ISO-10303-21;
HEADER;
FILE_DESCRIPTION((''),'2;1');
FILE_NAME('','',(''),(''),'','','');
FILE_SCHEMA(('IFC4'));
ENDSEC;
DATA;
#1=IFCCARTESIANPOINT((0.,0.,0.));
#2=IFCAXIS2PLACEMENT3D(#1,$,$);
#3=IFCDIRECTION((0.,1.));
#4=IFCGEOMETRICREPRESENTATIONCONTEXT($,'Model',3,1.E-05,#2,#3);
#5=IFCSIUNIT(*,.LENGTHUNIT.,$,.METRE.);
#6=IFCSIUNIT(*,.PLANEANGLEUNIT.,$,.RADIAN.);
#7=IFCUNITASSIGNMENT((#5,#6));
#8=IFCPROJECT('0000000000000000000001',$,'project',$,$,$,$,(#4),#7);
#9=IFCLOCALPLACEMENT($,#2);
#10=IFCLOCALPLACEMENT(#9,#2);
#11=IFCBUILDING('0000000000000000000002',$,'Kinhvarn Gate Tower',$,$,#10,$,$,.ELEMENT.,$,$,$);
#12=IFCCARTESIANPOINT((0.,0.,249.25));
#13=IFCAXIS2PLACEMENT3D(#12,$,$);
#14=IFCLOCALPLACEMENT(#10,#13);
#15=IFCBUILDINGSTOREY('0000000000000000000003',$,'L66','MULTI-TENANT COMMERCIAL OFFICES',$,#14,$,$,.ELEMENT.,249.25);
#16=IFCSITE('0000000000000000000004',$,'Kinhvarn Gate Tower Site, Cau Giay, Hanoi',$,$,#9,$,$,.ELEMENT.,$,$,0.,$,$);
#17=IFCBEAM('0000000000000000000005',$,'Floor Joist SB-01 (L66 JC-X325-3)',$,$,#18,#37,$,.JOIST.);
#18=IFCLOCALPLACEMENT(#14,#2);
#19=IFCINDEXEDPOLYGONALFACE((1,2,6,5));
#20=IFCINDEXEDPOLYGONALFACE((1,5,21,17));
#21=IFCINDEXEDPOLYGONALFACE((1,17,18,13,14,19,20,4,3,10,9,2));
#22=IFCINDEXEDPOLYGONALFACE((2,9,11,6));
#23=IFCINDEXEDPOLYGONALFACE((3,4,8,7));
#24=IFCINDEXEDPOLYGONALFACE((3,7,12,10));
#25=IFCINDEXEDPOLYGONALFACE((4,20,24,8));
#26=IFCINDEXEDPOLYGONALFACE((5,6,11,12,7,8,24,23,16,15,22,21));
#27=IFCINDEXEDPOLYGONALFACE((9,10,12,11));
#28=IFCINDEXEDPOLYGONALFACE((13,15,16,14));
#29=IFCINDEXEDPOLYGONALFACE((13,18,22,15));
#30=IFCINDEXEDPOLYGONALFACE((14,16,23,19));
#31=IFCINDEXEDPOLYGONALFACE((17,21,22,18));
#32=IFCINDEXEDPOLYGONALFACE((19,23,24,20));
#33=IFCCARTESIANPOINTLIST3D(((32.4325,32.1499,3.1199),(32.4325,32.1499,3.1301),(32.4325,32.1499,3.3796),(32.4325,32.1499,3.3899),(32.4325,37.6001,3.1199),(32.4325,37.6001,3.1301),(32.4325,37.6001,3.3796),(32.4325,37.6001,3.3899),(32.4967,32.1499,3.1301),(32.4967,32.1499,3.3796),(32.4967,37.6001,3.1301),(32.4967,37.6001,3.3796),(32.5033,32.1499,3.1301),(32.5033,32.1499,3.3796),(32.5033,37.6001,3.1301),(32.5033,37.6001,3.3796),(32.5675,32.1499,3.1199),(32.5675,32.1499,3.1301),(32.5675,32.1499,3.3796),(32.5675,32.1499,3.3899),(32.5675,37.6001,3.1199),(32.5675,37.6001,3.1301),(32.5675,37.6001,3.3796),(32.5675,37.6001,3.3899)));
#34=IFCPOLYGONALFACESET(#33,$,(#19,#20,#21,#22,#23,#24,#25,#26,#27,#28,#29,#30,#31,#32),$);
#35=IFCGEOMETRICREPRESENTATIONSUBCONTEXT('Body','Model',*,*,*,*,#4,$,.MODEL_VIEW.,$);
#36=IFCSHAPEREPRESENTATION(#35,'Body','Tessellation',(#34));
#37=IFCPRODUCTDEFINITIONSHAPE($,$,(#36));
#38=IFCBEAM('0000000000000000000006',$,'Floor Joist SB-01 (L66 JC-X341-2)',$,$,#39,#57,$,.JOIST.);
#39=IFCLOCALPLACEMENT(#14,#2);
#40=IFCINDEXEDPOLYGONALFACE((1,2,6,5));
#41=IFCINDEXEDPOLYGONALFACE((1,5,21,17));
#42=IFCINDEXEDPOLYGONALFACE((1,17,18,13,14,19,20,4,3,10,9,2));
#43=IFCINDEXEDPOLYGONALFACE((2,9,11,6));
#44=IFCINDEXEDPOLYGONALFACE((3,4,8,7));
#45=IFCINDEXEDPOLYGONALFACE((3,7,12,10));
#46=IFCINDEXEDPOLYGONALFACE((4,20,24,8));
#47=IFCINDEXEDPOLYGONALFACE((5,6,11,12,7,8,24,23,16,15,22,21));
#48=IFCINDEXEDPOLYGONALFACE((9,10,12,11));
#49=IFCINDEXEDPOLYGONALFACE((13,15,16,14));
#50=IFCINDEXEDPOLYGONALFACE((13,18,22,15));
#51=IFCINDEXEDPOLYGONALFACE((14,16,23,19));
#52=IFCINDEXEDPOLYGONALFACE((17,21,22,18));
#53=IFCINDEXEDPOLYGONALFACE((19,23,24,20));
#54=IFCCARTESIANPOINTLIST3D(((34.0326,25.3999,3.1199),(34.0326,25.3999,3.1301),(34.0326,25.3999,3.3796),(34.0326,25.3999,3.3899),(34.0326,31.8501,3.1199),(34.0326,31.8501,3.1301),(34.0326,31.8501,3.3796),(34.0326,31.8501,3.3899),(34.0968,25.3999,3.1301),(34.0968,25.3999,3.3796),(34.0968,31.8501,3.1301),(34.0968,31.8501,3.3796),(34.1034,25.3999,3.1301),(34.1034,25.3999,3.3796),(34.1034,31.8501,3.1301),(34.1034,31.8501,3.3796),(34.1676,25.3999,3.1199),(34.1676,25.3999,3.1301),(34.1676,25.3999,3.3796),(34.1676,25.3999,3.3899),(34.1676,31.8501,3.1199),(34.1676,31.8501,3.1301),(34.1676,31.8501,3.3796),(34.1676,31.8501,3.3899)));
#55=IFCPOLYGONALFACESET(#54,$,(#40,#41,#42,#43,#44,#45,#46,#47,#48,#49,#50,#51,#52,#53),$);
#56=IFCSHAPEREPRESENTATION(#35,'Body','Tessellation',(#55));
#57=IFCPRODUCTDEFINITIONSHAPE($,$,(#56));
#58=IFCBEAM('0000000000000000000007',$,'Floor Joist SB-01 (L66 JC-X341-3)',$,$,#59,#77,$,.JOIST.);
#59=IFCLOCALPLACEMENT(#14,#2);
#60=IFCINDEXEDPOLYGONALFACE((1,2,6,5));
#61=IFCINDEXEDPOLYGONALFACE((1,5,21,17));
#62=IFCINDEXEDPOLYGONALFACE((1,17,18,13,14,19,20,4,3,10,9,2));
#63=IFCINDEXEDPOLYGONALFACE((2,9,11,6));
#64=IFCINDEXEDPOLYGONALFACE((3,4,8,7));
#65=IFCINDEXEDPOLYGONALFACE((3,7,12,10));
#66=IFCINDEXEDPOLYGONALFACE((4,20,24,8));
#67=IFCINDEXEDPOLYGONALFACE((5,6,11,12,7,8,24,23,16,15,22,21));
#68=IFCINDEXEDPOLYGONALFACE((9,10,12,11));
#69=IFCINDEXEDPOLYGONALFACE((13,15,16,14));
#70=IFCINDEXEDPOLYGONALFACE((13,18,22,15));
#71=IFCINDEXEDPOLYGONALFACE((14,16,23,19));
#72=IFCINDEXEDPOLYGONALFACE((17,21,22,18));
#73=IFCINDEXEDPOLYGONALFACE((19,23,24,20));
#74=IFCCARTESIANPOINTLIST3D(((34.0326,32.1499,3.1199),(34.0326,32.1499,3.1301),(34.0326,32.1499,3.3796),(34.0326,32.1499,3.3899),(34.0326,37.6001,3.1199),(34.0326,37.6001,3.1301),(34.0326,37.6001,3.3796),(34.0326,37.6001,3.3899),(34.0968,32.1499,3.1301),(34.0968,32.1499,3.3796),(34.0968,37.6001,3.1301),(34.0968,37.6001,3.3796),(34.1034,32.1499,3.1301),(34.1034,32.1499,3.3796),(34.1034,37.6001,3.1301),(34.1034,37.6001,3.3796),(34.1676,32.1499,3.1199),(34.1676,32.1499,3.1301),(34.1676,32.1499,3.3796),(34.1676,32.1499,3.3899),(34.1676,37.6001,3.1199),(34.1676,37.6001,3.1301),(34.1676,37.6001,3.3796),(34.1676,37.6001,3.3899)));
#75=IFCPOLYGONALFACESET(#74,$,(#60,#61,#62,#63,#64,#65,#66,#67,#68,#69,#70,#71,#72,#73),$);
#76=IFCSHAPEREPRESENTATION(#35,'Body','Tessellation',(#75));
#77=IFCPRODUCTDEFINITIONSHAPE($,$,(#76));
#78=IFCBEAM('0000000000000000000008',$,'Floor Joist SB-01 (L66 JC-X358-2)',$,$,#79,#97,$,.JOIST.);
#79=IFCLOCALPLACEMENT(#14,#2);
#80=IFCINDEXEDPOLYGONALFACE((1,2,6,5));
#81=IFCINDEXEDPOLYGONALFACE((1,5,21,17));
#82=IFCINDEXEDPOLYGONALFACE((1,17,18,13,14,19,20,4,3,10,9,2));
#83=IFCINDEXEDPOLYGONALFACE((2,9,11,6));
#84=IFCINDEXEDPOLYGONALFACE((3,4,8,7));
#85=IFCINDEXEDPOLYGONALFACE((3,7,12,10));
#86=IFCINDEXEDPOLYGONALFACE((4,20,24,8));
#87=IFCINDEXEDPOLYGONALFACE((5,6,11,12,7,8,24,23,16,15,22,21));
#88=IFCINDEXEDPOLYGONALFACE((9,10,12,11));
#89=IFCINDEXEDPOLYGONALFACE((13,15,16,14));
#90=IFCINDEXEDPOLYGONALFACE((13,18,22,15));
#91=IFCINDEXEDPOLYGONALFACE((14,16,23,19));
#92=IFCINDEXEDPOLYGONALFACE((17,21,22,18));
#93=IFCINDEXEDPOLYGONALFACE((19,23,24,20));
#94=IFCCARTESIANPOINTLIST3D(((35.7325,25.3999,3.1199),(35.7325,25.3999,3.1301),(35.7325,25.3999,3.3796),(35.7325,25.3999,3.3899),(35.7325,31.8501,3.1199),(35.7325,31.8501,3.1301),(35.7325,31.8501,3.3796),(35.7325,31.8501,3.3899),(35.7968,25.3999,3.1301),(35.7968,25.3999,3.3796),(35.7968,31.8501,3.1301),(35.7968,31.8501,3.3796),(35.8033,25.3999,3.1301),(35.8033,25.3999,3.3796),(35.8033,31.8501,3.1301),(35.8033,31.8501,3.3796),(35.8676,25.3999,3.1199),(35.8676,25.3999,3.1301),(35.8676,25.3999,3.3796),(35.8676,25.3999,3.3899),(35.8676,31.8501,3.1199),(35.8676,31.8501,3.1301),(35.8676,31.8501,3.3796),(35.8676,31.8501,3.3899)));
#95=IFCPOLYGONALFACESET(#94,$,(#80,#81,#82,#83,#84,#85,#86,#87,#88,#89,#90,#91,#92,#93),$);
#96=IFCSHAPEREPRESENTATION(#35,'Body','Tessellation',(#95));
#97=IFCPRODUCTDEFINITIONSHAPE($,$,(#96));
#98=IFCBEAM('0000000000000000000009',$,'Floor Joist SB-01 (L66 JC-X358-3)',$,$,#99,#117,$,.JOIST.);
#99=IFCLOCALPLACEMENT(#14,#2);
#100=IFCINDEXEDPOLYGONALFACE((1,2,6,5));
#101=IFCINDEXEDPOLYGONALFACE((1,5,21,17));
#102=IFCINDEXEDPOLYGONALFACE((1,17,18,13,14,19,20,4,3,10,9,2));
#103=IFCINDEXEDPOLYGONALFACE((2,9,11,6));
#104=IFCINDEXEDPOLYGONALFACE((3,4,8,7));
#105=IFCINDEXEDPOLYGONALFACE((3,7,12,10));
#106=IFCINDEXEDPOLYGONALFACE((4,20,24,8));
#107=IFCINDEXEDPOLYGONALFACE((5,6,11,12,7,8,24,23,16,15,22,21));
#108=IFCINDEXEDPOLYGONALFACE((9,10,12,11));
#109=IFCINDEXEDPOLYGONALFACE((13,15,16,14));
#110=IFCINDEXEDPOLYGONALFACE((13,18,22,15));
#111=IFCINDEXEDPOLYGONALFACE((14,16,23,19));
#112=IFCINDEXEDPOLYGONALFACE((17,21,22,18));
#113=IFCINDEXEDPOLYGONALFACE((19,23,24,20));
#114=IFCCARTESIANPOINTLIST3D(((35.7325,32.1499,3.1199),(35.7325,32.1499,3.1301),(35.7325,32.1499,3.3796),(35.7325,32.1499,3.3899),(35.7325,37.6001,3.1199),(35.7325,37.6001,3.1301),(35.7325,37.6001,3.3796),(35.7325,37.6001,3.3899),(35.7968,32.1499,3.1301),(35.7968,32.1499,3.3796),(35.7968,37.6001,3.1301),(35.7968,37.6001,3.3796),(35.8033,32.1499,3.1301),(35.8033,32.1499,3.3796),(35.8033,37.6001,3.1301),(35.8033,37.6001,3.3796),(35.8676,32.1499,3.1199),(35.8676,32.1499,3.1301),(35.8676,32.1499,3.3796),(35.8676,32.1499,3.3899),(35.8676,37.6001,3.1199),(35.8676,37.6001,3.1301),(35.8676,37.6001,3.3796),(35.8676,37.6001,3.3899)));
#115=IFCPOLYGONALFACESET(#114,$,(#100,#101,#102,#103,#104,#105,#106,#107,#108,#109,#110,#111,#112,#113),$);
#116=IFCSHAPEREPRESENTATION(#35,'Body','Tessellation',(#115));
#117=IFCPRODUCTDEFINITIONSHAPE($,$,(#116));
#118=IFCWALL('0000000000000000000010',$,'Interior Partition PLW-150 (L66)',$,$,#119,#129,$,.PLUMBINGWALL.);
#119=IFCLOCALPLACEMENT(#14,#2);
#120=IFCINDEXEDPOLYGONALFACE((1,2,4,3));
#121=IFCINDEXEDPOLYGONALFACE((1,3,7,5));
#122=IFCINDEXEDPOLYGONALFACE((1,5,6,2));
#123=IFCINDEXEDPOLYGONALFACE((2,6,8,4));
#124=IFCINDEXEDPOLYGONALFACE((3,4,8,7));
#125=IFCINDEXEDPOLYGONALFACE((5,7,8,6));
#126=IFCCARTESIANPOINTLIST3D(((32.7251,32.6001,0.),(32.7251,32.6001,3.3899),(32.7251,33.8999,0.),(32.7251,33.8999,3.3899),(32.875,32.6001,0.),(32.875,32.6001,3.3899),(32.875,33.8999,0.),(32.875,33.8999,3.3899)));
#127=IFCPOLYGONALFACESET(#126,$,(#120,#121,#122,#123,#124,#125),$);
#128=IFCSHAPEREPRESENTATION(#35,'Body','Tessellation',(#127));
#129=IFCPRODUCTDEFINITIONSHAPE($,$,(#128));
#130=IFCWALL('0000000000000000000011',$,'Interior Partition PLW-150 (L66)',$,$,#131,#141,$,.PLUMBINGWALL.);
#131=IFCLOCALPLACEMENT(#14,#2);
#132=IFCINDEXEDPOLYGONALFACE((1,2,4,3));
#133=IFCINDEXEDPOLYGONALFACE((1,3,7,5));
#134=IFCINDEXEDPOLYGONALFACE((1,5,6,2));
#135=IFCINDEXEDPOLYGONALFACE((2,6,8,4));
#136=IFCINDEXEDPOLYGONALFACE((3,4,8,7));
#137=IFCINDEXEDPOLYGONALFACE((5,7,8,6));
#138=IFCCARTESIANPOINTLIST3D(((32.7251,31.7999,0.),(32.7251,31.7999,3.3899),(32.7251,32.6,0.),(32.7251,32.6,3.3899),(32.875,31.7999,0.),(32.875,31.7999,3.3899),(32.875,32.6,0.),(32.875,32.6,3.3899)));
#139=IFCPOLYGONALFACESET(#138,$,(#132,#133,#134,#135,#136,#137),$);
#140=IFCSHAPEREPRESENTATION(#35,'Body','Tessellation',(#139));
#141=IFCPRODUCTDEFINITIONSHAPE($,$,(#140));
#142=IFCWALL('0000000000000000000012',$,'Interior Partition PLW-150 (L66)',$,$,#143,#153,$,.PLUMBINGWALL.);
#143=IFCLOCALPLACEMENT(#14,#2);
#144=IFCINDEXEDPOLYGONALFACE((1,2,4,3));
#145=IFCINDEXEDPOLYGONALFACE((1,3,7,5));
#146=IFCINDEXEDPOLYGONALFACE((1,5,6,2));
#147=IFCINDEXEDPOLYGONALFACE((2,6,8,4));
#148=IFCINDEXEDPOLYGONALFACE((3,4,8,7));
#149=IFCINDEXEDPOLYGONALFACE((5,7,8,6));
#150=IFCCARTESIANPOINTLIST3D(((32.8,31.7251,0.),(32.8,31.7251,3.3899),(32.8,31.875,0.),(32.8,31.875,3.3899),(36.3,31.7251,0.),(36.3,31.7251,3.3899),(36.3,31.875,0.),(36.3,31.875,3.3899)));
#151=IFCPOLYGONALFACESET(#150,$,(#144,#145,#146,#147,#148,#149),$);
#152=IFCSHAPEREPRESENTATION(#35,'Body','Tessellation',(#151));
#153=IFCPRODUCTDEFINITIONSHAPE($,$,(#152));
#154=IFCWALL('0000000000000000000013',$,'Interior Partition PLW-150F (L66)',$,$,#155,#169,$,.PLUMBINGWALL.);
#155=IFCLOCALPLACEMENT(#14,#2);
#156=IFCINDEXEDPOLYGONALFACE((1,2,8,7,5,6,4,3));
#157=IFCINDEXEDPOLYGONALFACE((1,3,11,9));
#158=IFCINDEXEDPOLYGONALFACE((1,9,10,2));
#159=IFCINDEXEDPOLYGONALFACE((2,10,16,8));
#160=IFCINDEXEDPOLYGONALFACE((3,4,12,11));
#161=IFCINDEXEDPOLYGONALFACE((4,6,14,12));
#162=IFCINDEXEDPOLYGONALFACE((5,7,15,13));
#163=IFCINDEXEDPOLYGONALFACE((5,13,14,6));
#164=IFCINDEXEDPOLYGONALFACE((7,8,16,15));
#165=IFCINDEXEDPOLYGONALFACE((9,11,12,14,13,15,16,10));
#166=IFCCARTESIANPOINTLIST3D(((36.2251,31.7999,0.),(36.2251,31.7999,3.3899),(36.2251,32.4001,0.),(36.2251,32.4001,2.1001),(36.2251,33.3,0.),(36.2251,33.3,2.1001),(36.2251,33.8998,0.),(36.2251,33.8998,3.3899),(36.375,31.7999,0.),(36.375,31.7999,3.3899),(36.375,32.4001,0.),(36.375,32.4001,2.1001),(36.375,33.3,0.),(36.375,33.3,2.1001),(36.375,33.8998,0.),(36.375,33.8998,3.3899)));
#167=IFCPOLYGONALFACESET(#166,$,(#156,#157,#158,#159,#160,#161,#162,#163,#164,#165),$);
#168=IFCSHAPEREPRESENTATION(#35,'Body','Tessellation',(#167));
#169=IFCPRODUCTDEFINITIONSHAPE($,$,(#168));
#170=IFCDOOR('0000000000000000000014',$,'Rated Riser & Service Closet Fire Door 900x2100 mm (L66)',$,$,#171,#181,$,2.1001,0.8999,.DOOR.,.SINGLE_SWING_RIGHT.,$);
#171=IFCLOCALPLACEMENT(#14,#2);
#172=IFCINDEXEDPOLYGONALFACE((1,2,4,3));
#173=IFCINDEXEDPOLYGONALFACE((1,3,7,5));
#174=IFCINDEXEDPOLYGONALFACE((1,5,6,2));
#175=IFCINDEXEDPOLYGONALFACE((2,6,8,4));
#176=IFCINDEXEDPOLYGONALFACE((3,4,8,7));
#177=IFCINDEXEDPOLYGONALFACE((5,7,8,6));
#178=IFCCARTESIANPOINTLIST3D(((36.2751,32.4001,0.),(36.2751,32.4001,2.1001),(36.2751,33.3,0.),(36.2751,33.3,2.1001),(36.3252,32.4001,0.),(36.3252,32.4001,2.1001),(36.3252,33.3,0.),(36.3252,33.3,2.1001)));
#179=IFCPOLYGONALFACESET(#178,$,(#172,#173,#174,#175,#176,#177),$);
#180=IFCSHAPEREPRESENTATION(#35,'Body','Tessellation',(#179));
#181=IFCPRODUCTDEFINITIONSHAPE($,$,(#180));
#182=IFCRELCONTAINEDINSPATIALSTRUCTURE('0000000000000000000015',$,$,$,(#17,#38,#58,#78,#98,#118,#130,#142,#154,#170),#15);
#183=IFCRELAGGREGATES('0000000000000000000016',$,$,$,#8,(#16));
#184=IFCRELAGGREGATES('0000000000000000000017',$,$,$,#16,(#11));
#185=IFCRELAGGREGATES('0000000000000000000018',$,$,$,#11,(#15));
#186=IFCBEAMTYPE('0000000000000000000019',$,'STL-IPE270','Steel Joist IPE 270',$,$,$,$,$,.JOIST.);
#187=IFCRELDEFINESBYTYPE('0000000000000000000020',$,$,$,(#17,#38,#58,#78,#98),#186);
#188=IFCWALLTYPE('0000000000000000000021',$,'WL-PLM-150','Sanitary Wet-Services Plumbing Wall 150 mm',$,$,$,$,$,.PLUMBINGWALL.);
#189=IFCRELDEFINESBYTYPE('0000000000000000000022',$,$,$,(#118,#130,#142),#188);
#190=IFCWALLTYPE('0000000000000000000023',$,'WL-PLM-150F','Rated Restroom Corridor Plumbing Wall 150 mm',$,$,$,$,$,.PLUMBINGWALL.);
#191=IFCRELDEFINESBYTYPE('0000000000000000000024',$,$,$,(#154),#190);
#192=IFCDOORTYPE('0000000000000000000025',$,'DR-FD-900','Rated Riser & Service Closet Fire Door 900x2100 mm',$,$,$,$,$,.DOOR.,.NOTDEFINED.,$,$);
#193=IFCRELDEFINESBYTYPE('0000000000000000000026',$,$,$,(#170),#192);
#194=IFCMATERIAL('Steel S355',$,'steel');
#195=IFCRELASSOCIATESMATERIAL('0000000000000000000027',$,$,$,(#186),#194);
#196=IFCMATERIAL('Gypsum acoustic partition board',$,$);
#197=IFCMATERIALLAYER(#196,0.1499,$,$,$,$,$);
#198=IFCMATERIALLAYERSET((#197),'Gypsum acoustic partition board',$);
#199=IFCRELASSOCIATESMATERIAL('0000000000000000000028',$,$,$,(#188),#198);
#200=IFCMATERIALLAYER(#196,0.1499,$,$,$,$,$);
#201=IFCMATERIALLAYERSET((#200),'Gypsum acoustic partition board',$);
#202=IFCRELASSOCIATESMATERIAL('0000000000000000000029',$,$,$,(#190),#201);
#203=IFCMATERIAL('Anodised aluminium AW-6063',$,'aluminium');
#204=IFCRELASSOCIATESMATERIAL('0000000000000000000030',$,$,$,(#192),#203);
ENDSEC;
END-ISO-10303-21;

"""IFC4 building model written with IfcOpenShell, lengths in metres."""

from ifc_helpers import new_model, si_unit, direction, frame, frame_2d, origin, origin_2d, place, context, subcontext, project, spatial, rectangle, i_section, extrude, material, layer, layer_set, material_profile, profile_set, type_object, element, fill, save


model = new_model("IFC4")

# Units and contexts
model_context = context("Model", 3, precision=1e-05, world=origin(), true_north=direction((0.0, 1.0)))
body_context = subcontext(model_context, "Body", "Model", "MODEL_VIEW")
ifc_project = project(units=[si_unit("LENGTHUNIT", "METRE"), si_unit("PLANEANGLEUNIT", "RADIAN")], contexts=[model_context])

# Site, building, storey
site_placement = place(None, origin())
site = spatial("IfcSite", under=ifc_project, at=site_placement, Name="Kinhvarn Gate Tower Site, Cau Giay, Hanoi", CompositionType="ELEMENT", RefElevation=0.0)
building_placement = place(site_placement, origin())
building = spatial("IfcBuilding", under=site, at=building_placement, Name="Kinhvarn Gate Tower", CompositionType="ELEMENT")
storey_placement = place(building_placement, frame((0.0, 0.0, 249.25)))
storey = spatial("IfcBuildingStorey", under=building, at=storey_placement, Name="L66", Description="MULTI-TENANT COMMERCIAL OFFICES", CompositionType="ELEMENT", Elevation=249.25)

# Beams
ifc_material_1 = material(Name="Steel S355", Category="steel")
ifc_material_profile = material_profile(ifc_material_1, i_section(OverallWidth=0.135, OverallDepth=0.27, WebThickness=0.0066, FlangeThickness=0.0103, at=origin_2d()), Name="IPE 270")
ifc_profile_set = profile_set([ifc_material_profile], Name="Steel S355")
beam_type = type_object("IfcBeamType", Name="STL-IPE270", Description="Steel Joist IPE 270", PredefinedType="JOIST", material=ifc_profile_set)
beam_1_placement = place(storey_placement, frame((32.5, 32.1499, 3.2549), z_axis=(0.0, 1.0, 0.0), x_axis=(-1.0, 0.0, 0.0)))
element("IfcBeam", 1, at=beam_1_placement, inside=storey, type_object=beam_type, Name="Floor Joist SB-01 (L66 JC-X325-3)", PredefinedType="JOIST", context=body_context, shape_type="SweptSolid", body=[
    extrude(i_section(OverallWidth=0.135, OverallDepth=0.27, WebThickness=0.0066, FlangeThickness=0.0103, at=origin_2d()), origin(), (0.0, 0.0, 1.0), 5.4502),
])
beam_2_placement = place(storey_placement, frame((34.1001, 25.3999, 3.2549), z_axis=(0.0, 1.0, 0.0), x_axis=(-1.0, 0.0, 0.0)))
element("IfcBeam", 2, at=beam_2_placement, inside=storey, type_object=beam_type, Name="Floor Joist SB-01 (L66 JC-X341-2)", PredefinedType="JOIST", context=body_context, shape_type="SweptSolid", body=[
    extrude(i_section(OverallWidth=0.135, OverallDepth=0.27, WebThickness=0.0066, FlangeThickness=0.0103, at=origin_2d()), origin(), (0.0, 0.0, 1.0), 6.4502),
])
beam_3_placement = place(storey_placement, frame((34.1001, 32.1499, 3.2549), z_axis=(0.0, 1.0, 0.0), x_axis=(-1.0, 0.0, 0.0)))
element("IfcBeam", 3, at=beam_3_placement, inside=storey, type_object=beam_type, Name="Floor Joist SB-01 (L66 JC-X341-3)", PredefinedType="JOIST", context=body_context, shape_type="SweptSolid", body=[
    extrude(i_section(OverallWidth=0.135, OverallDepth=0.27, WebThickness=0.0066, FlangeThickness=0.0103, at=origin_2d()), origin(), (0.0, 0.0, 1.0), 5.4502),
])
beam_4_placement = place(storey_placement, frame((35.8, 25.3999, 3.2549), z_axis=(0.0, 1.0, 0.0), x_axis=(-1.0, 0.0, 0.0)))
element("IfcBeam", 4, at=beam_4_placement, inside=storey, type_object=beam_type, Name="Floor Joist SB-01 (L66 JC-X358-2)", PredefinedType="JOIST", context=body_context, shape_type="SweptSolid", body=[
    extrude(i_section(OverallWidth=0.135, OverallDepth=0.27, WebThickness=0.0066, FlangeThickness=0.0103, at=origin_2d()), origin(), (0.0, 0.0, 1.0), 6.4502),
])
beam_5_placement = place(storey_placement, frame((35.8, 32.1499, 3.2549), z_axis=(0.0, 1.0, 0.0), x_axis=(-1.0, 0.0, 0.0)))
element("IfcBeam", 5, at=beam_5_placement, inside=storey, type_object=beam_type, Name="Floor Joist SB-01 (L66 JC-X358-3)", PredefinedType="JOIST", context=body_context, shape_type="SweptSolid", body=[
    extrude(i_section(OverallWidth=0.135, OverallDepth=0.27, WebThickness=0.0066, FlangeThickness=0.0103, at=origin_2d()), origin(), (0.0, 0.0, 1.0), 5.4502),
])

# Walls
ifc_material_2 = material(Name="Gypsum acoustic partition board")
ifc_layer_1 = layer(ifc_material_2, 0.1499)
ifc_layer_set_1 = layer_set([ifc_layer_1], Name="Gypsum acoustic partition board")
wall_type_1 = type_object("IfcWallType", Name="WL-PLM-150", Description="Sanitary Wet-Services Plumbing Wall 150 mm", PredefinedType="PLUMBINGWALL", material=ifc_layer_set_1)
wall_1_placement = place(storey_placement, frame((32.8, 32.6001, 0.0), z_axis=(0.0, 0.0, 1.0), x_axis=(0.0, 1.0, 0.0)))
element("IfcWall", 6, at=wall_1_placement, inside=storey, type_object=wall_type_1, Name="Interior Partition PLW-150 (L66)", PredefinedType="PLUMBINGWALL", context=body_context, shape_type="SweptSolid", body=[
    extrude(rectangle(XDim=1.2998, YDim=0.1499, at=frame_2d((0.6499, 0.0))), origin(), (0.0, 0.0, 1.0), 3.3899),
])
wall_2_placement = place(storey_placement, frame((32.8, 31.8, 0.0), z_axis=(0.0, 0.0, 1.0), x_axis=(0.0, 1.0, 0.0)))
element("IfcWall", 7, at=wall_2_placement, inside=storey, type_object=wall_type_1, Name="Interior Partition PLW-150 (L66)", PredefinedType="PLUMBINGWALL", context=body_context, shape_type="SweptSolid", body=[
    extrude(rectangle(XDim=0.8, YDim=0.1499, at=frame_2d((0.3999, 0.0))), origin(), (0.0, 0.0, 1.0), 3.3899),
])
wall_3_placement = place(storey_placement, frame((32.8, 31.8, 0.0), z_axis=(0.0, 0.0, 1.0), x_axis=(1.0, 0.0, 0.0)))
element("IfcWall", 8, at=wall_3_placement, inside=storey, type_object=wall_type_1, Name="Interior Partition PLW-150 (L66)", PredefinedType="PLUMBINGWALL", context=body_context, shape_type="SweptSolid", body=[
    extrude(rectangle(XDim=3.5, YDim=0.1499, at=frame_2d((1.75, 0.0))), origin(), (0.0, 0.0, 1.0), 3.3899),
])

# Wall, opening, door
ifc_layer_2 = layer(ifc_material_2, 0.1499)
ifc_layer_set_2 = layer_set([ifc_layer_2], Name="Gypsum acoustic partition board")
wall_type_2 = type_object("IfcWallType", Name="WL-PLM-150F", Description="Rated Restroom Corridor Plumbing Wall 150 mm", PredefinedType="PLUMBINGWALL", material=ifc_layer_set_2)
wall_4_placement = place(storey_placement, frame((36.3, 31.8, 0.0), z_axis=(0.0, 0.0, 1.0), x_axis=(0.0, 1.0, 0.0)))
wall_4 = element("IfcWall", 9, at=wall_4_placement, inside=storey, type_object=wall_type_2, Name="Interior Partition PLW-150F (L66)", PredefinedType="PLUMBINGWALL", context=body_context, shape_type="SweptSolid", body=[
    extrude(rectangle(XDim=2.0999, YDim=0.1499, at=frame_2d((1.0498, 0.0))), origin(), (0.0, 0.0, 1.0), 3.3899),
])
opening_1_placement = place(wall_4_placement, frame((0.6001, 0.0, 0.0)))
opening_1 = element("IfcOpeningElement", 10, at=opening_1_placement, cuts=wall_4, PredefinedType="OPENING", context=body_context, shape_type="SweptSolid", body=[
    extrude(rectangle(XDim=0.8999, YDim=2.1001, at=frame_2d((0.45, 1.05))), frame((0.0, 0.085, 0.0), z_axis=(0.0, -1.0, 0.0), x_axis=(1.0, 0.0, 0.0)), (0.0, 0.0, 1.0), 0.1699),
])
ifc_material_3 = material(Name="Anodised aluminium AW-6063", Category="aluminium")
door_type_1 = type_object("IfcDoorType", Name="DR-FD-900", Description="Rated Riser & Service Closet Fire Door 900x2100 mm", OperationType="NOTDEFINED", PredefinedType="DOOR", material=ifc_material_3)
door_1_placement = place(opening_1_placement, origin())
door_1 = element("IfcDoor", 11, at=door_1_placement, inside=storey, type_object=door_type_1, Name="Rated Riser & Service Closet Fire Door 900x2100 mm (L66)", OperationType="SINGLE_SWING_RIGHT", OverallHeight=2.1001, OverallWidth=0.8999, PredefinedType="DOOR", context=body_context, shape_type="SweptSolid", body=[
    extrude(rectangle(XDim=0.8999, YDim=2.1001, at=frame_2d((0.45, 1.05))), frame((0.0, 0.0249, 0.0), z_axis=(0.0, -1.0, 0.0), x_axis=(1.0, 0.0, 0.0)), (0.0, 0.0, 1.0), 0.05),
])
fill(opening_1, door_1)

save(model, "model.ifc")
